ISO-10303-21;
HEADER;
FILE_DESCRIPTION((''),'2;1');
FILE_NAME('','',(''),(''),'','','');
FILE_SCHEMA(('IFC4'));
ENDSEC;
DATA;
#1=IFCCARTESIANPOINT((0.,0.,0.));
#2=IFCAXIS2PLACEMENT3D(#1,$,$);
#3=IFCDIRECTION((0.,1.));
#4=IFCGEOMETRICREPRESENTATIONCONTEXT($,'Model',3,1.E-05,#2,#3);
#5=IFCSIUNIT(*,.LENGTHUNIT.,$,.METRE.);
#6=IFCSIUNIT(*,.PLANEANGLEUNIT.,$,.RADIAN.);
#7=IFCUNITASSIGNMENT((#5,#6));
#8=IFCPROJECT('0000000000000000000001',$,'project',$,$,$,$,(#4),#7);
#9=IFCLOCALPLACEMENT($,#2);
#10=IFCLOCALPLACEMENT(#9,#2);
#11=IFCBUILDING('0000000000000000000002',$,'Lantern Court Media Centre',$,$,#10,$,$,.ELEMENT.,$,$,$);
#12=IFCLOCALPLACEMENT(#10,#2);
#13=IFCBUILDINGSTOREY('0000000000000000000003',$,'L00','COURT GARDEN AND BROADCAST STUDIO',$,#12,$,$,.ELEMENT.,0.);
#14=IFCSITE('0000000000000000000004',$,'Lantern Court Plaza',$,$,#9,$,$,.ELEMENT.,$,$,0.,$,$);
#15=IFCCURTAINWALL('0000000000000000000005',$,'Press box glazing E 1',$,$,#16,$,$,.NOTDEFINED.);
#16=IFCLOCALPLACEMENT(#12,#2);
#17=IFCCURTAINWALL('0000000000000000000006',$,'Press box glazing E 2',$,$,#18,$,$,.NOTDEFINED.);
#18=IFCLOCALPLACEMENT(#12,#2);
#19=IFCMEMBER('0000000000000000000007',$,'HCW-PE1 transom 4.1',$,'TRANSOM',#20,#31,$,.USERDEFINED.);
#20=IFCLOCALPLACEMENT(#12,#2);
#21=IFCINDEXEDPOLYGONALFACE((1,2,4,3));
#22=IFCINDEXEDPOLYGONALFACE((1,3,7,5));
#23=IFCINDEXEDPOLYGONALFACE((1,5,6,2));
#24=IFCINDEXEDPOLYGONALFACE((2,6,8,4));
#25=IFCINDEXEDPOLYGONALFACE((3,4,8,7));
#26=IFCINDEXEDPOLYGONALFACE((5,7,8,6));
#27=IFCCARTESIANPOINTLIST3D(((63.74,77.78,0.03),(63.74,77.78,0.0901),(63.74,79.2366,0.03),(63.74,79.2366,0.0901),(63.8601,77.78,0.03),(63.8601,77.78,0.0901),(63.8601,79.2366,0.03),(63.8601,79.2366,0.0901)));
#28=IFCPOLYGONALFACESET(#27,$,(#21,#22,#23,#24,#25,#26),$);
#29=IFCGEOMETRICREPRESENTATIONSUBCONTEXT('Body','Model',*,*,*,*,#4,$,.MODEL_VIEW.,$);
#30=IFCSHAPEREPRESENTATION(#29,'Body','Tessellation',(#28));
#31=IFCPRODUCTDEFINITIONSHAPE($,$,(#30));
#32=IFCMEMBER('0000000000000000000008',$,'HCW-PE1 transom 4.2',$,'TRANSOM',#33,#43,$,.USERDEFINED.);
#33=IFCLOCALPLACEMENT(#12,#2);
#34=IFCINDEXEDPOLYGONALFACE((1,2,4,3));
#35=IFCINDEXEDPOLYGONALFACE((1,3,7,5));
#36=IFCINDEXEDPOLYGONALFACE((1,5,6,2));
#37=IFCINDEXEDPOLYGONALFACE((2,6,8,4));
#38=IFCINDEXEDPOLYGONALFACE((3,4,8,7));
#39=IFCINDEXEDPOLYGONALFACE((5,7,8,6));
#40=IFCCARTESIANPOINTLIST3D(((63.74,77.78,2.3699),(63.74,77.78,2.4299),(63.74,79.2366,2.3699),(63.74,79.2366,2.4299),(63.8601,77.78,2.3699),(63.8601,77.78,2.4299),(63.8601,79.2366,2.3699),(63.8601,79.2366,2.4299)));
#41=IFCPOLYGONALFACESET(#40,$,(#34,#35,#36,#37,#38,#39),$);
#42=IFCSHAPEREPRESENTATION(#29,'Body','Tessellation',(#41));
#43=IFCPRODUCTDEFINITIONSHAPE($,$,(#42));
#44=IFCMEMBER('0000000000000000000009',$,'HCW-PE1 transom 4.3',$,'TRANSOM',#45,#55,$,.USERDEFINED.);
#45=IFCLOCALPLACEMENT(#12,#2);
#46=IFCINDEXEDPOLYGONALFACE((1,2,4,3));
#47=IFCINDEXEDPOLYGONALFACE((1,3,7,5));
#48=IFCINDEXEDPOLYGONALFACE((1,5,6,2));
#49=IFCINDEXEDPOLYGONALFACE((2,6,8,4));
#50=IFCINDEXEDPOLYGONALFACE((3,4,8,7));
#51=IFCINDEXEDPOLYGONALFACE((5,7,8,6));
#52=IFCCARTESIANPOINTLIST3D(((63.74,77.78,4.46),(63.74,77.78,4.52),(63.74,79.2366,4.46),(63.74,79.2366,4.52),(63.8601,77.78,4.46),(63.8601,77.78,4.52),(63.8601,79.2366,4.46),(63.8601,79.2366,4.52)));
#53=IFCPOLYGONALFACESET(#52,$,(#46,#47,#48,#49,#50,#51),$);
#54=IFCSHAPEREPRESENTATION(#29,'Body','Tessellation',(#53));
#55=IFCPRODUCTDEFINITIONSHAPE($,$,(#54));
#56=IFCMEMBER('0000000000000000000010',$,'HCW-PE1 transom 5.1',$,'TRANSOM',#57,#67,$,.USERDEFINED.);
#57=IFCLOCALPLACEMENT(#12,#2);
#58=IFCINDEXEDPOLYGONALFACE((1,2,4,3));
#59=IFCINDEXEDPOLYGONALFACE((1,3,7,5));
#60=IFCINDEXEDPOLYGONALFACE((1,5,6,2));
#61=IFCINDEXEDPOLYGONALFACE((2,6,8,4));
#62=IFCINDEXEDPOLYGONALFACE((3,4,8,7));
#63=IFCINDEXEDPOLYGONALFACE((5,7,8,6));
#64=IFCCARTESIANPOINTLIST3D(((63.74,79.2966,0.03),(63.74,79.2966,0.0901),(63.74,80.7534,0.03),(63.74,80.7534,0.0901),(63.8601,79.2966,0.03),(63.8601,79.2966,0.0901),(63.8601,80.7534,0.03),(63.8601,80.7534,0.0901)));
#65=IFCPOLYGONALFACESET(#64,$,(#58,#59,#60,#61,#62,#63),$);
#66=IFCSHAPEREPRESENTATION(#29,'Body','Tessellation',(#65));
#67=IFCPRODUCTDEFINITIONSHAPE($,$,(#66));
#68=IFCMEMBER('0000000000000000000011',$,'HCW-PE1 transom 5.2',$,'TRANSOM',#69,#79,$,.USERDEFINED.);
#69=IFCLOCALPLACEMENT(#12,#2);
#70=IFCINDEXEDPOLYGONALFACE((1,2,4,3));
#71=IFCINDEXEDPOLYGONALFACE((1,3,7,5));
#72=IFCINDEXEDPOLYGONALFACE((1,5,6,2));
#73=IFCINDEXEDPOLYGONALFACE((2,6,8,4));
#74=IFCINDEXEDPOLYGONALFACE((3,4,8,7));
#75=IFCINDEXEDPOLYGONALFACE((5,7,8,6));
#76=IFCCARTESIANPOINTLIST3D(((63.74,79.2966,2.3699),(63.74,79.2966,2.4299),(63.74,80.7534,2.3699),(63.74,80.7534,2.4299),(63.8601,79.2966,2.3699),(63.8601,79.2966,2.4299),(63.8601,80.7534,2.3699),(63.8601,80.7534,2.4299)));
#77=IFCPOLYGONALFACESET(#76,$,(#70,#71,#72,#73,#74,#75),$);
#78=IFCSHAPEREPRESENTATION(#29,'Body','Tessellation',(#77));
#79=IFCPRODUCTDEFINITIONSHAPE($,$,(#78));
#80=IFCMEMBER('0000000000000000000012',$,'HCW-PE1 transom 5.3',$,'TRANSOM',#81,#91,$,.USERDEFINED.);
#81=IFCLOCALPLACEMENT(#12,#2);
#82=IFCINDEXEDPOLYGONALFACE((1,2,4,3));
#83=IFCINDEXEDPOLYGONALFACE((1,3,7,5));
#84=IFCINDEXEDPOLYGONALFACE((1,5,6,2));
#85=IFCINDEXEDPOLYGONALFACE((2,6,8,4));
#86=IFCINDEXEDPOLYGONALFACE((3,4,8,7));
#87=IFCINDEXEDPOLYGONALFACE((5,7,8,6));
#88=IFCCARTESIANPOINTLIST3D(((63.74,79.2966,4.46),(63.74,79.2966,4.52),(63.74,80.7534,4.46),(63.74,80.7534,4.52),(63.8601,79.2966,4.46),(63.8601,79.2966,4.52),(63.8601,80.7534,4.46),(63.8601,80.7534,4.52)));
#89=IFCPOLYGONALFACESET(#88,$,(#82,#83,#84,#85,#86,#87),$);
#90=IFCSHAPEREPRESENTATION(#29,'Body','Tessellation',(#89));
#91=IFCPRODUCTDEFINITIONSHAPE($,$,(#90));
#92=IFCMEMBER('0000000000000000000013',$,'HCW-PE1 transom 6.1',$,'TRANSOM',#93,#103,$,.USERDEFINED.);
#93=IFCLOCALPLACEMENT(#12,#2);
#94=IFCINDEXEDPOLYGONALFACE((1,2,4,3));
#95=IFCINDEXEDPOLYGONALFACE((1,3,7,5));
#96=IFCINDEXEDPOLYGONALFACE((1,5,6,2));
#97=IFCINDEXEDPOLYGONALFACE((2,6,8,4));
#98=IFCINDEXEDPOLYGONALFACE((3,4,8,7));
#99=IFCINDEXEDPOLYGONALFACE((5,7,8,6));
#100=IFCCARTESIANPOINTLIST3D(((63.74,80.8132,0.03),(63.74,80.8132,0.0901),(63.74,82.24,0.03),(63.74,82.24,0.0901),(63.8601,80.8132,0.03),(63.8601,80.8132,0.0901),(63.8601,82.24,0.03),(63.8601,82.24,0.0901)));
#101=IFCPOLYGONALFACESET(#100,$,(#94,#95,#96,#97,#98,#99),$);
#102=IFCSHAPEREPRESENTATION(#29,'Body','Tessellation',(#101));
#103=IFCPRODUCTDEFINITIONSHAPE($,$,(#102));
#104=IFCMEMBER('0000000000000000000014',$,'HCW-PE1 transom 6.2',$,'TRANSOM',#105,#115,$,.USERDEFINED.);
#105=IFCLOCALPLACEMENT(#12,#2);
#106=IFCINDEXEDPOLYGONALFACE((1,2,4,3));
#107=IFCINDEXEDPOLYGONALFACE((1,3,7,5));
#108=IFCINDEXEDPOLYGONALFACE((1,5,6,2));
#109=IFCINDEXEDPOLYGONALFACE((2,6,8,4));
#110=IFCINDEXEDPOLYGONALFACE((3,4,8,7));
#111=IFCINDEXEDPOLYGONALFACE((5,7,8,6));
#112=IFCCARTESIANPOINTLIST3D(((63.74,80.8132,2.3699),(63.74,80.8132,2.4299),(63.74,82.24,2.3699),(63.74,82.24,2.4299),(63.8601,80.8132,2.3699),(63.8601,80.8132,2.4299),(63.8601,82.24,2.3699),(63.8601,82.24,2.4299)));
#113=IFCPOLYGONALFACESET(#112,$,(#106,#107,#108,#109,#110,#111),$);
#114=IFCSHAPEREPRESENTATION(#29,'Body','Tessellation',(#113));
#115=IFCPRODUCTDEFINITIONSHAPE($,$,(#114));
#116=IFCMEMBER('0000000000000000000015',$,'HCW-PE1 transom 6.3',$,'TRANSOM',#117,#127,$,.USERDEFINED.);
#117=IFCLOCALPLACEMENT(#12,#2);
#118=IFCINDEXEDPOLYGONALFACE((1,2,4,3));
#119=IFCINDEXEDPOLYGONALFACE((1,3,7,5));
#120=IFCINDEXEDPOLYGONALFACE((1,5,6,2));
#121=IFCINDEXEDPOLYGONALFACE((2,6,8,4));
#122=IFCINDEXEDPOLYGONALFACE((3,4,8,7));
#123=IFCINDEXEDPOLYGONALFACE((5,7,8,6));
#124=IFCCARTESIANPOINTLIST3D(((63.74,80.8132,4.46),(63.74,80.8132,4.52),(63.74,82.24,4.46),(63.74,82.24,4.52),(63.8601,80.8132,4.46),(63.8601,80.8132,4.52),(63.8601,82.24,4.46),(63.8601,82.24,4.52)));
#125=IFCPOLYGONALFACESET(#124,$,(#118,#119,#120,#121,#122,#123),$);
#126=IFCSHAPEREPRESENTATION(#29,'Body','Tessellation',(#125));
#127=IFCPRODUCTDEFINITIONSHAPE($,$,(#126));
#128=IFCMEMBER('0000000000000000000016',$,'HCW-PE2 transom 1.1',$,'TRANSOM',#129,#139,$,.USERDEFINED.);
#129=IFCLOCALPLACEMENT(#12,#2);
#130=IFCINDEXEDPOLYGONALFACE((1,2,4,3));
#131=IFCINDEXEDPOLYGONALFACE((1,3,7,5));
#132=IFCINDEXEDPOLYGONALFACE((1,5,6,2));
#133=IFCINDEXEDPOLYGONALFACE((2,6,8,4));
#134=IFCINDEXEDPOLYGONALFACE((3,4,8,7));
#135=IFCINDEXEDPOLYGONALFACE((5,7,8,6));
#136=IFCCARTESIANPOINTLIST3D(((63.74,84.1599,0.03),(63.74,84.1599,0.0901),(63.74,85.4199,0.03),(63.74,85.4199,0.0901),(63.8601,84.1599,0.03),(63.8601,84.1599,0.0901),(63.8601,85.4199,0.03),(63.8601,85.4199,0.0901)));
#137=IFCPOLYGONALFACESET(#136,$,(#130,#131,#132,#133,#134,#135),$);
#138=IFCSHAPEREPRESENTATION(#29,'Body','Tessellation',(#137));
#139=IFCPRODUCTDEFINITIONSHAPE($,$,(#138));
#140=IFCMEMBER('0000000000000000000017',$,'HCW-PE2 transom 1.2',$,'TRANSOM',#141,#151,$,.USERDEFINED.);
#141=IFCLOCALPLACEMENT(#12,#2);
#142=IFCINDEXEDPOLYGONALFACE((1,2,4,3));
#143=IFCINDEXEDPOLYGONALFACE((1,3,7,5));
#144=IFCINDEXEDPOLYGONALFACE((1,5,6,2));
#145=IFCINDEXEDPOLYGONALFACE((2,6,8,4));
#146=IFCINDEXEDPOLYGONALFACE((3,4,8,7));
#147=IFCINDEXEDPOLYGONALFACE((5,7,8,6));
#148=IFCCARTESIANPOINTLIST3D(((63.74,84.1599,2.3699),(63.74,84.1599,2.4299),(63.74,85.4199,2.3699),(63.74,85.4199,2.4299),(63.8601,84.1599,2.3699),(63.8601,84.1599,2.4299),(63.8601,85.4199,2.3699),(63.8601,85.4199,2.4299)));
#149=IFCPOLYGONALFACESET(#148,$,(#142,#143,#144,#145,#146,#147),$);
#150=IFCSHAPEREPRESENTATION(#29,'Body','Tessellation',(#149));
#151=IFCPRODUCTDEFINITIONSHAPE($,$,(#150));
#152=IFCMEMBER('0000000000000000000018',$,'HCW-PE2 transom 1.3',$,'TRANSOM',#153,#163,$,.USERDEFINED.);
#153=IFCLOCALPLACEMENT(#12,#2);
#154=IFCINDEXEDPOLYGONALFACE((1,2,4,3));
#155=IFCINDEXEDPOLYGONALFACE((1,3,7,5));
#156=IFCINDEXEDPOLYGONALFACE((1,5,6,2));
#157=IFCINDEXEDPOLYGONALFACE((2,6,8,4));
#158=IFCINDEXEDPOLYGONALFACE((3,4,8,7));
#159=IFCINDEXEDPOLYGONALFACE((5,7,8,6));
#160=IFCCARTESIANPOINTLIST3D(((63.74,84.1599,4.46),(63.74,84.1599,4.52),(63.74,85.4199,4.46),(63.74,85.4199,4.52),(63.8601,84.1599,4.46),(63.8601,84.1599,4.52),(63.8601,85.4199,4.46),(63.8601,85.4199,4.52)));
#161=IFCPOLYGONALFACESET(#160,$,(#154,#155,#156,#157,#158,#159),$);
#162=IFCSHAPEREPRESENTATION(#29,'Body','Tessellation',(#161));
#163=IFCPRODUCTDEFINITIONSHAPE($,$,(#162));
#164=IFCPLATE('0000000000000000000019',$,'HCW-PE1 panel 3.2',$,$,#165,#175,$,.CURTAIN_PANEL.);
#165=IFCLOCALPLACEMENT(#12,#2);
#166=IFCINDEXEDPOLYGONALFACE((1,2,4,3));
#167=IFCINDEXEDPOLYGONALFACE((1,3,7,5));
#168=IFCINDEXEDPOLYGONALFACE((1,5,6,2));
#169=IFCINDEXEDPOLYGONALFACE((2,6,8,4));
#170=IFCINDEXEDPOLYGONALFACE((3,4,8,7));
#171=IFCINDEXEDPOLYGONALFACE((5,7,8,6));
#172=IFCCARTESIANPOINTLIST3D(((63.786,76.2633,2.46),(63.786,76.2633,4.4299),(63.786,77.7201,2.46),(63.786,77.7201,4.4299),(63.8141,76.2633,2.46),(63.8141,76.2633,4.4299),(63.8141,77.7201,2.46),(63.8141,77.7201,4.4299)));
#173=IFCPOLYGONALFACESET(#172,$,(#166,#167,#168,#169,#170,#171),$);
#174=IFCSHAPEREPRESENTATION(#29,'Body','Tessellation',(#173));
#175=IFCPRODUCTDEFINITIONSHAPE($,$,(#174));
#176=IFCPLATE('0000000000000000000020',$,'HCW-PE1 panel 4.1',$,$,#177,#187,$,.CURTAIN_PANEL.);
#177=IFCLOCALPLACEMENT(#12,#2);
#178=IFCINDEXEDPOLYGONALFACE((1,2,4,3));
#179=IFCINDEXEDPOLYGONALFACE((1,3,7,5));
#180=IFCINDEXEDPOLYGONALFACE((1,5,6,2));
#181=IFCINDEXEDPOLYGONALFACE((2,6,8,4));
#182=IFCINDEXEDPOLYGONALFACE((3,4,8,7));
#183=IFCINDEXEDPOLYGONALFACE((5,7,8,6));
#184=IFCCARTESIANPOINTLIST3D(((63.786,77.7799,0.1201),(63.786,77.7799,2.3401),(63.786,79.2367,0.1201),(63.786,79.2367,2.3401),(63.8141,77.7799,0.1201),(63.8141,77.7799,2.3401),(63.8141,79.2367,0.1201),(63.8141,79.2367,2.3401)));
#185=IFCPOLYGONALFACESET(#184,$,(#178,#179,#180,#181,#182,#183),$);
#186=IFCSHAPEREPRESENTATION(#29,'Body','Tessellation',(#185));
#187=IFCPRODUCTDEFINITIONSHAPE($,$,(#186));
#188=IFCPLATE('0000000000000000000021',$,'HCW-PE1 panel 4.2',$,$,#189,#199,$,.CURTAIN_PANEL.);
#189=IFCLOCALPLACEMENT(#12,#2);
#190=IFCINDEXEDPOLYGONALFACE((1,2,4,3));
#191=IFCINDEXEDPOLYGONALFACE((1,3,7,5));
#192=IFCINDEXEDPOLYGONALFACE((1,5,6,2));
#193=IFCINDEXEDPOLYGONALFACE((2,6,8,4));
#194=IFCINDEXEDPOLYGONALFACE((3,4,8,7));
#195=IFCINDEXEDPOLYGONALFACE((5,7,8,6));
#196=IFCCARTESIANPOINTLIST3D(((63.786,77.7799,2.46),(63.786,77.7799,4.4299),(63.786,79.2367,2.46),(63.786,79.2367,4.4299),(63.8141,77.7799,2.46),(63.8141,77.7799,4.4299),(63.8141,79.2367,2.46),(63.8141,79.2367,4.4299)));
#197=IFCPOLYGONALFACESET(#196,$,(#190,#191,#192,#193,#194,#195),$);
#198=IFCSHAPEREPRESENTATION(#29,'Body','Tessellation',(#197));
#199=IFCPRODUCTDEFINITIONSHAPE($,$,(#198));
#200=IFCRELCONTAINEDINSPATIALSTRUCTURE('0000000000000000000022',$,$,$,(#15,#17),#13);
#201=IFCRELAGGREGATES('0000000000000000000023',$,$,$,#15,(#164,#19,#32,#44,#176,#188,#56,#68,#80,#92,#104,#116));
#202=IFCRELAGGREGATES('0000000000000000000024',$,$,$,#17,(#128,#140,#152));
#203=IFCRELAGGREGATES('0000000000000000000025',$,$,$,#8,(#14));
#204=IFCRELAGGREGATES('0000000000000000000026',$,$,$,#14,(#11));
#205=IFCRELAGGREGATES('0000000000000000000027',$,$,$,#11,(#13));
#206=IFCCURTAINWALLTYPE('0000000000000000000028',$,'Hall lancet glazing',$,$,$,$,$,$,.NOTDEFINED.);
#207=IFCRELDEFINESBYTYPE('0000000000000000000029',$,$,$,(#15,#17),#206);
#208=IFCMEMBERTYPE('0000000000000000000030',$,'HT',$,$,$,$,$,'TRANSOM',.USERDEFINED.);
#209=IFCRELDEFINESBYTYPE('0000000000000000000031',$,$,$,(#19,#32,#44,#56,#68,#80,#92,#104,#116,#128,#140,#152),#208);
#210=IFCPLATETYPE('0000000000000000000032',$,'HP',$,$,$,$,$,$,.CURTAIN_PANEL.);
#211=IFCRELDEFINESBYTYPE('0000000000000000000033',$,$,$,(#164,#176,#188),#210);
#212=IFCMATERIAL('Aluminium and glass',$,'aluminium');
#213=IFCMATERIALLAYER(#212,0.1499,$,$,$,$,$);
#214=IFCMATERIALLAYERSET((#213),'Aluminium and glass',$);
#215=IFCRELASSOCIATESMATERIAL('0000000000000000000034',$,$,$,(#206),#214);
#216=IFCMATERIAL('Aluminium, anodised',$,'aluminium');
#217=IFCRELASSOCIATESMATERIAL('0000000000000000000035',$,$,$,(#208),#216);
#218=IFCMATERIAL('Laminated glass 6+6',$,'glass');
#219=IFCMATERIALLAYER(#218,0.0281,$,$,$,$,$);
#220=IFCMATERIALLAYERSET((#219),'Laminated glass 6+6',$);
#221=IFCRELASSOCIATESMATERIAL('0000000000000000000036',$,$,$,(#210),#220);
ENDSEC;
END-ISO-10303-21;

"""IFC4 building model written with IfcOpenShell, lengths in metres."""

from ifc_helpers import new_model, si_unit, direction, frame, origin, origin_2d, place, context, subcontext, project, spatial, rectangle, extrude, material, layer, layer_set, material_profile, profile_set, type_object, element, aggregate, save


model = new_model("IFC4")

# Units and contexts
model_context = context("Model", 3, precision=1e-05, world=origin(), true_north=direction((0.0, 1.0)))
body_context = subcontext(model_context, "Body", "Model", "MODEL_VIEW")
ifc_project = project(units=[si_unit("LENGTHUNIT", "METRE"), si_unit("PLANEANGLEUNIT", "RADIAN")], contexts=[model_context])

# Site, building, storey
site_placement = place(None, origin())
site = spatial("IfcSite", under=ifc_project, at=site_placement, Name="Lantern Court Plaza", CompositionType="ELEMENT", RefElevation=0.0)
building_placement = place(site_placement, origin())
building = spatial("IfcBuilding", under=site, at=building_placement, Name="Lantern Court Media Centre", CompositionType="ELEMENT")
storey_placement = place(building_placement, origin())
storey = spatial("IfcBuildingStorey", under=building, at=storey_placement, Name="L00", Description="COURT GARDEN AND BROADCAST STUDIO", CompositionType="ELEMENT", Elevation=0.0)

# Curtain walls
ifc_material_1 = material(Name="Aluminium and glass", Category="aluminium")
ifc_layer_1 = layer(ifc_material_1, 0.1499)
ifc_layer_set_1 = layer_set([ifc_layer_1], Name="Aluminium and glass")
curtain_wall_type = type_object("IfcCurtainWallType", Name="Hall lancet glazing", PredefinedType="NOTDEFINED", material=ifc_layer_set_1)
curtain_wall_1_placement = place(storey_placement, origin())
curtain_wall_1 = element("IfcCurtainWall", 1, at=curtain_wall_1_placement, inside=storey, type_object=curtain_wall_type, Name="Press box glazing E 1", PredefinedType="NOTDEFINED")
ifc_material_2 = material(Name="Aluminium, anodised", Category="aluminium")
curtain_wall_2_placement = place(storey_placement, origin())
curtain_wall_2 = element("IfcCurtainWall", 2, at=curtain_wall_2_placement, inside=storey, type_object=curtain_wall_type, Name="Press box glazing E 2", PredefinedType="NOTDEFINED")

# Members
ifc_material_profile_1 = material_profile(ifc_material_2, rectangle(XDim=0.1201, YDim=0.0601, at=origin_2d()), Name="HT")
ifc_profile_set_1 = profile_set([ifc_material_profile_1], Name="Aluminium, anodised")
member_type_1 = type_object("IfcMemberType", Name="HT", ElementType="TRANSOM", PredefinedType="USERDEFINED", material=ifc_profile_set_1)
member_1_placement = place(storey_placement, frame((63.8, 77.78, 0.0601), z_axis=(0.0, 1.0, 0.0), x_axis=(-1.0, 0.0, 0.0)))
member_1 = element("IfcMember", 3, at=member_1_placement, type_object=member_type_1, Name="HCW-PE1 transom 4.1", ObjectType="TRANSOM", PredefinedType="USERDEFINED", context=body_context, shape_type="SweptSolid", body=[
    extrude(rectangle(XDim=0.1201, YDim=0.0601, at=origin_2d()), origin(), (0.0, 0.0, 1.0), 1.4565),
])
member_2_placement = place(storey_placement, frame((63.8, 77.78, 2.3999), z_axis=(0.0, 1.0, 0.0), x_axis=(-1.0, 0.0, 0.0)))
member_2 = element("IfcMember", 4, at=member_2_placement, type_object=member_type_1, Name="HCW-PE1 transom 4.2", ObjectType="TRANSOM", PredefinedType="USERDEFINED", context=body_context, shape_type="SweptSolid", body=[
    extrude(rectangle(XDim=0.1201, YDim=0.0601, at=origin_2d()), origin(), (0.0, 0.0, 1.0), 1.4565),
])
member_3_placement = place(storey_placement, frame((63.8, 77.78, 4.49), z_axis=(0.0, 1.0, 0.0), x_axis=(-1.0, 0.0, 0.0)))
member_3 = element("IfcMember", 5, at=member_3_placement, type_object=member_type_1, Name="HCW-PE1 transom 4.3", ObjectType="TRANSOM", PredefinedType="USERDEFINED", context=body_context, shape_type="SweptSolid", body=[
    extrude(rectangle(XDim=0.1201, YDim=0.0601, at=origin_2d()), origin(), (0.0, 0.0, 1.0), 1.4565),
])
member_4_placement = place(storey_placement, frame((63.8, 79.2966, 0.0601), z_axis=(0.0, 1.0, 0.0), x_axis=(-1.0, 0.0, 0.0)))
member_4 = element("IfcMember", 6, at=member_4_placement, type_object=member_type_1, Name="HCW-PE1 transom 5.1", ObjectType="TRANSOM", PredefinedType="USERDEFINED", context=body_context, shape_type="SweptSolid", body=[
    extrude(rectangle(XDim=0.1201, YDim=0.0601, at=origin_2d()), origin(), (0.0, 0.0, 1.0), 1.4568),
])
member_5_placement = place(storey_placement, frame((63.8, 79.2966, 2.3999), z_axis=(0.0, 1.0, 0.0), x_axis=(-1.0, 0.0, 0.0)))
member_5 = element("IfcMember", 7, at=member_5_placement, type_object=member_type_1, Name="HCW-PE1 transom 5.2", ObjectType="TRANSOM", PredefinedType="USERDEFINED", context=body_context, shape_type="SweptSolid", body=[
    extrude(rectangle(XDim=0.1201, YDim=0.0601, at=origin_2d()), origin(), (0.0, 0.0, 1.0), 1.4568),
])
member_6_placement = place(storey_placement, frame((63.8, 79.2966, 4.49), z_axis=(0.0, 1.0, 0.0), x_axis=(-1.0, 0.0, 0.0)))
member_6 = element("IfcMember", 8, at=member_6_placement, type_object=member_type_1, Name="HCW-PE1 transom 5.3", ObjectType="TRANSOM", PredefinedType="USERDEFINED", context=body_context, shape_type="SweptSolid", body=[
    extrude(rectangle(XDim=0.1201, YDim=0.0601, at=origin_2d()), origin(), (0.0, 0.0, 1.0), 1.4568),
])
member_7_placement = place(storey_placement, frame((63.8, 80.8132, 0.0601), z_axis=(0.0, 1.0, 0.0), x_axis=(-1.0, 0.0, 0.0)))
member_7 = element("IfcMember", 9, at=member_7_placement, type_object=member_type_1, Name="HCW-PE1 transom 6.1", ObjectType="TRANSOM", PredefinedType="USERDEFINED", context=body_context, shape_type="SweptSolid", body=[
    extrude(rectangle(XDim=0.1201, YDim=0.0601, at=origin_2d()), origin(), (0.0, 0.0, 1.0), 1.4268),
])
member_8_placement = place(storey_placement, frame((63.8, 80.8132, 2.3999), z_axis=(0.0, 1.0, 0.0), x_axis=(-1.0, 0.0, 0.0)))
member_8 = element("IfcMember", 10, at=member_8_placement, type_object=member_type_1, Name="HCW-PE1 transom 6.2", ObjectType="TRANSOM", PredefinedType="USERDEFINED", context=body_context, shape_type="SweptSolid", body=[
    extrude(rectangle(XDim=0.1201, YDim=0.0601, at=origin_2d()), origin(), (0.0, 0.0, 1.0), 1.4268),
])
member_9_placement = place(storey_placement, frame((63.8, 80.8132, 4.49), z_axis=(0.0, 1.0, 0.0), x_axis=(-1.0, 0.0, 0.0)))
member_9 = element("IfcMember", 11, at=member_9_placement, type_object=member_type_1, Name="HCW-PE1 transom 6.3", ObjectType="TRANSOM", PredefinedType="USERDEFINED", context=body_context, shape_type="SweptSolid", body=[
    extrude(rectangle(XDim=0.1201, YDim=0.0601, at=origin_2d()), origin(), (0.0, 0.0, 1.0), 1.4268),
])
member_10_placement = place(storey_placement, frame((63.8, 84.1599, 0.0601), z_axis=(0.0, 1.0, 0.0), x_axis=(-1.0, 0.0, 0.0)))
member_10 = element("IfcMember", 12, at=member_10_placement, type_object=member_type_1, Name="HCW-PE2 transom 1.1", ObjectType="TRANSOM", PredefinedType="USERDEFINED", context=body_context, shape_type="SweptSolid", body=[
    extrude(rectangle(XDim=0.1201, YDim=0.0601, at=origin_2d()), origin(), (0.0, 0.0, 1.0), 1.26),
])
member_11_placement = place(storey_placement, frame((63.8, 84.1599, 2.3999), z_axis=(0.0, 1.0, 0.0), x_axis=(-1.0, 0.0, 0.0)))
member_11 = element("IfcMember", 13, at=member_11_placement, type_object=member_type_1, Name="HCW-PE2 transom 1.2", ObjectType="TRANSOM", PredefinedType="USERDEFINED", context=body_context, shape_type="SweptSolid", body=[
    extrude(rectangle(XDim=0.1201, YDim=0.0601, at=origin_2d()), origin(), (0.0, 0.0, 1.0), 1.26),
])
member_12_placement = place(storey_placement, frame((63.8, 84.1599, 4.49), z_axis=(0.0, 1.0, 0.0), x_axis=(-1.0, 0.0, 0.0)))
member_12 = element("IfcMember", 14, at=member_12_placement, type_object=member_type_1, Name="HCW-PE2 transom 1.3", ObjectType="TRANSOM", PredefinedType="USERDEFINED", context=body_context, shape_type="SweptSolid", body=[
    extrude(rectangle(XDim=0.1201, YDim=0.0601, at=origin_2d()), origin(), (0.0, 0.0, 1.0), 1.26),
])

# Plates
ifc_material_3 = material(Name="Laminated glass 6+6", Category="glass")
ifc_layer_2 = layer(ifc_material_3, 0.0281)
ifc_layer_set_2 = layer_set([ifc_layer_2], Name="Laminated glass 6+6")
plate_type = type_object("IfcPlateType", Name="HP", PredefinedType="CURTAIN_PANEL", material=ifc_layer_set_2)
plate_1_placement = place(storey_placement, frame((63.8, 76.9917, 2.46), z_axis=(0.0, 0.0, 1.0), x_axis=(0.0, 1.0, 0.0)))
plate_1 = element("IfcPlate", 15, at=plate_1_placement, type_object=plate_type, Name="HCW-PE1 panel 3.2", PredefinedType="CURTAIN_PANEL", context=body_context, shape_type="SweptSolid", body=[
    extrude(rectangle(XDim=1.4568, YDim=0.0281, at=origin_2d()), origin(), (0.0, 0.0, 1.0), 1.97),
])
plate_2_placement = place(storey_placement, frame((63.8, 78.5083, 0.1201), z_axis=(0.0, 0.0, 1.0), x_axis=(0.0, 1.0, 0.0)))
plate_2 = element("IfcPlate", 16, at=plate_2_placement, type_object=plate_type, Name="HCW-PE1 panel 4.1", PredefinedType="CURTAIN_PANEL", context=body_context, shape_type="SweptSolid", body=[
    extrude(rectangle(XDim=1.4568, YDim=0.0281, at=origin_2d()), origin(), (0.0, 0.0, 1.0), 2.22),
])
plate_3_placement = place(storey_placement, frame((63.8, 78.5083, 2.46), z_axis=(0.0, 0.0, 1.0), x_axis=(0.0, 1.0, 0.0)))
plate_3 = element("IfcPlate", 17, at=plate_3_placement, type_object=plate_type, Name="HCW-PE1 panel 4.2", PredefinedType="CURTAIN_PANEL", context=body_context, shape_type="SweptSolid", body=[
    extrude(rectangle(XDim=1.4568, YDim=0.0281, at=origin_2d()), origin(), (0.0, 0.0, 1.0), 1.97),
])
aggregate(curtain_wall_1, [plate_1, member_1, member_2, member_3, plate_2, plate_3, member_4, member_5, member_6, member_7, member_8, member_9])
aggregate(curtain_wall_2, [member_10, member_11, member_12])

save(model, "model.ifc")
